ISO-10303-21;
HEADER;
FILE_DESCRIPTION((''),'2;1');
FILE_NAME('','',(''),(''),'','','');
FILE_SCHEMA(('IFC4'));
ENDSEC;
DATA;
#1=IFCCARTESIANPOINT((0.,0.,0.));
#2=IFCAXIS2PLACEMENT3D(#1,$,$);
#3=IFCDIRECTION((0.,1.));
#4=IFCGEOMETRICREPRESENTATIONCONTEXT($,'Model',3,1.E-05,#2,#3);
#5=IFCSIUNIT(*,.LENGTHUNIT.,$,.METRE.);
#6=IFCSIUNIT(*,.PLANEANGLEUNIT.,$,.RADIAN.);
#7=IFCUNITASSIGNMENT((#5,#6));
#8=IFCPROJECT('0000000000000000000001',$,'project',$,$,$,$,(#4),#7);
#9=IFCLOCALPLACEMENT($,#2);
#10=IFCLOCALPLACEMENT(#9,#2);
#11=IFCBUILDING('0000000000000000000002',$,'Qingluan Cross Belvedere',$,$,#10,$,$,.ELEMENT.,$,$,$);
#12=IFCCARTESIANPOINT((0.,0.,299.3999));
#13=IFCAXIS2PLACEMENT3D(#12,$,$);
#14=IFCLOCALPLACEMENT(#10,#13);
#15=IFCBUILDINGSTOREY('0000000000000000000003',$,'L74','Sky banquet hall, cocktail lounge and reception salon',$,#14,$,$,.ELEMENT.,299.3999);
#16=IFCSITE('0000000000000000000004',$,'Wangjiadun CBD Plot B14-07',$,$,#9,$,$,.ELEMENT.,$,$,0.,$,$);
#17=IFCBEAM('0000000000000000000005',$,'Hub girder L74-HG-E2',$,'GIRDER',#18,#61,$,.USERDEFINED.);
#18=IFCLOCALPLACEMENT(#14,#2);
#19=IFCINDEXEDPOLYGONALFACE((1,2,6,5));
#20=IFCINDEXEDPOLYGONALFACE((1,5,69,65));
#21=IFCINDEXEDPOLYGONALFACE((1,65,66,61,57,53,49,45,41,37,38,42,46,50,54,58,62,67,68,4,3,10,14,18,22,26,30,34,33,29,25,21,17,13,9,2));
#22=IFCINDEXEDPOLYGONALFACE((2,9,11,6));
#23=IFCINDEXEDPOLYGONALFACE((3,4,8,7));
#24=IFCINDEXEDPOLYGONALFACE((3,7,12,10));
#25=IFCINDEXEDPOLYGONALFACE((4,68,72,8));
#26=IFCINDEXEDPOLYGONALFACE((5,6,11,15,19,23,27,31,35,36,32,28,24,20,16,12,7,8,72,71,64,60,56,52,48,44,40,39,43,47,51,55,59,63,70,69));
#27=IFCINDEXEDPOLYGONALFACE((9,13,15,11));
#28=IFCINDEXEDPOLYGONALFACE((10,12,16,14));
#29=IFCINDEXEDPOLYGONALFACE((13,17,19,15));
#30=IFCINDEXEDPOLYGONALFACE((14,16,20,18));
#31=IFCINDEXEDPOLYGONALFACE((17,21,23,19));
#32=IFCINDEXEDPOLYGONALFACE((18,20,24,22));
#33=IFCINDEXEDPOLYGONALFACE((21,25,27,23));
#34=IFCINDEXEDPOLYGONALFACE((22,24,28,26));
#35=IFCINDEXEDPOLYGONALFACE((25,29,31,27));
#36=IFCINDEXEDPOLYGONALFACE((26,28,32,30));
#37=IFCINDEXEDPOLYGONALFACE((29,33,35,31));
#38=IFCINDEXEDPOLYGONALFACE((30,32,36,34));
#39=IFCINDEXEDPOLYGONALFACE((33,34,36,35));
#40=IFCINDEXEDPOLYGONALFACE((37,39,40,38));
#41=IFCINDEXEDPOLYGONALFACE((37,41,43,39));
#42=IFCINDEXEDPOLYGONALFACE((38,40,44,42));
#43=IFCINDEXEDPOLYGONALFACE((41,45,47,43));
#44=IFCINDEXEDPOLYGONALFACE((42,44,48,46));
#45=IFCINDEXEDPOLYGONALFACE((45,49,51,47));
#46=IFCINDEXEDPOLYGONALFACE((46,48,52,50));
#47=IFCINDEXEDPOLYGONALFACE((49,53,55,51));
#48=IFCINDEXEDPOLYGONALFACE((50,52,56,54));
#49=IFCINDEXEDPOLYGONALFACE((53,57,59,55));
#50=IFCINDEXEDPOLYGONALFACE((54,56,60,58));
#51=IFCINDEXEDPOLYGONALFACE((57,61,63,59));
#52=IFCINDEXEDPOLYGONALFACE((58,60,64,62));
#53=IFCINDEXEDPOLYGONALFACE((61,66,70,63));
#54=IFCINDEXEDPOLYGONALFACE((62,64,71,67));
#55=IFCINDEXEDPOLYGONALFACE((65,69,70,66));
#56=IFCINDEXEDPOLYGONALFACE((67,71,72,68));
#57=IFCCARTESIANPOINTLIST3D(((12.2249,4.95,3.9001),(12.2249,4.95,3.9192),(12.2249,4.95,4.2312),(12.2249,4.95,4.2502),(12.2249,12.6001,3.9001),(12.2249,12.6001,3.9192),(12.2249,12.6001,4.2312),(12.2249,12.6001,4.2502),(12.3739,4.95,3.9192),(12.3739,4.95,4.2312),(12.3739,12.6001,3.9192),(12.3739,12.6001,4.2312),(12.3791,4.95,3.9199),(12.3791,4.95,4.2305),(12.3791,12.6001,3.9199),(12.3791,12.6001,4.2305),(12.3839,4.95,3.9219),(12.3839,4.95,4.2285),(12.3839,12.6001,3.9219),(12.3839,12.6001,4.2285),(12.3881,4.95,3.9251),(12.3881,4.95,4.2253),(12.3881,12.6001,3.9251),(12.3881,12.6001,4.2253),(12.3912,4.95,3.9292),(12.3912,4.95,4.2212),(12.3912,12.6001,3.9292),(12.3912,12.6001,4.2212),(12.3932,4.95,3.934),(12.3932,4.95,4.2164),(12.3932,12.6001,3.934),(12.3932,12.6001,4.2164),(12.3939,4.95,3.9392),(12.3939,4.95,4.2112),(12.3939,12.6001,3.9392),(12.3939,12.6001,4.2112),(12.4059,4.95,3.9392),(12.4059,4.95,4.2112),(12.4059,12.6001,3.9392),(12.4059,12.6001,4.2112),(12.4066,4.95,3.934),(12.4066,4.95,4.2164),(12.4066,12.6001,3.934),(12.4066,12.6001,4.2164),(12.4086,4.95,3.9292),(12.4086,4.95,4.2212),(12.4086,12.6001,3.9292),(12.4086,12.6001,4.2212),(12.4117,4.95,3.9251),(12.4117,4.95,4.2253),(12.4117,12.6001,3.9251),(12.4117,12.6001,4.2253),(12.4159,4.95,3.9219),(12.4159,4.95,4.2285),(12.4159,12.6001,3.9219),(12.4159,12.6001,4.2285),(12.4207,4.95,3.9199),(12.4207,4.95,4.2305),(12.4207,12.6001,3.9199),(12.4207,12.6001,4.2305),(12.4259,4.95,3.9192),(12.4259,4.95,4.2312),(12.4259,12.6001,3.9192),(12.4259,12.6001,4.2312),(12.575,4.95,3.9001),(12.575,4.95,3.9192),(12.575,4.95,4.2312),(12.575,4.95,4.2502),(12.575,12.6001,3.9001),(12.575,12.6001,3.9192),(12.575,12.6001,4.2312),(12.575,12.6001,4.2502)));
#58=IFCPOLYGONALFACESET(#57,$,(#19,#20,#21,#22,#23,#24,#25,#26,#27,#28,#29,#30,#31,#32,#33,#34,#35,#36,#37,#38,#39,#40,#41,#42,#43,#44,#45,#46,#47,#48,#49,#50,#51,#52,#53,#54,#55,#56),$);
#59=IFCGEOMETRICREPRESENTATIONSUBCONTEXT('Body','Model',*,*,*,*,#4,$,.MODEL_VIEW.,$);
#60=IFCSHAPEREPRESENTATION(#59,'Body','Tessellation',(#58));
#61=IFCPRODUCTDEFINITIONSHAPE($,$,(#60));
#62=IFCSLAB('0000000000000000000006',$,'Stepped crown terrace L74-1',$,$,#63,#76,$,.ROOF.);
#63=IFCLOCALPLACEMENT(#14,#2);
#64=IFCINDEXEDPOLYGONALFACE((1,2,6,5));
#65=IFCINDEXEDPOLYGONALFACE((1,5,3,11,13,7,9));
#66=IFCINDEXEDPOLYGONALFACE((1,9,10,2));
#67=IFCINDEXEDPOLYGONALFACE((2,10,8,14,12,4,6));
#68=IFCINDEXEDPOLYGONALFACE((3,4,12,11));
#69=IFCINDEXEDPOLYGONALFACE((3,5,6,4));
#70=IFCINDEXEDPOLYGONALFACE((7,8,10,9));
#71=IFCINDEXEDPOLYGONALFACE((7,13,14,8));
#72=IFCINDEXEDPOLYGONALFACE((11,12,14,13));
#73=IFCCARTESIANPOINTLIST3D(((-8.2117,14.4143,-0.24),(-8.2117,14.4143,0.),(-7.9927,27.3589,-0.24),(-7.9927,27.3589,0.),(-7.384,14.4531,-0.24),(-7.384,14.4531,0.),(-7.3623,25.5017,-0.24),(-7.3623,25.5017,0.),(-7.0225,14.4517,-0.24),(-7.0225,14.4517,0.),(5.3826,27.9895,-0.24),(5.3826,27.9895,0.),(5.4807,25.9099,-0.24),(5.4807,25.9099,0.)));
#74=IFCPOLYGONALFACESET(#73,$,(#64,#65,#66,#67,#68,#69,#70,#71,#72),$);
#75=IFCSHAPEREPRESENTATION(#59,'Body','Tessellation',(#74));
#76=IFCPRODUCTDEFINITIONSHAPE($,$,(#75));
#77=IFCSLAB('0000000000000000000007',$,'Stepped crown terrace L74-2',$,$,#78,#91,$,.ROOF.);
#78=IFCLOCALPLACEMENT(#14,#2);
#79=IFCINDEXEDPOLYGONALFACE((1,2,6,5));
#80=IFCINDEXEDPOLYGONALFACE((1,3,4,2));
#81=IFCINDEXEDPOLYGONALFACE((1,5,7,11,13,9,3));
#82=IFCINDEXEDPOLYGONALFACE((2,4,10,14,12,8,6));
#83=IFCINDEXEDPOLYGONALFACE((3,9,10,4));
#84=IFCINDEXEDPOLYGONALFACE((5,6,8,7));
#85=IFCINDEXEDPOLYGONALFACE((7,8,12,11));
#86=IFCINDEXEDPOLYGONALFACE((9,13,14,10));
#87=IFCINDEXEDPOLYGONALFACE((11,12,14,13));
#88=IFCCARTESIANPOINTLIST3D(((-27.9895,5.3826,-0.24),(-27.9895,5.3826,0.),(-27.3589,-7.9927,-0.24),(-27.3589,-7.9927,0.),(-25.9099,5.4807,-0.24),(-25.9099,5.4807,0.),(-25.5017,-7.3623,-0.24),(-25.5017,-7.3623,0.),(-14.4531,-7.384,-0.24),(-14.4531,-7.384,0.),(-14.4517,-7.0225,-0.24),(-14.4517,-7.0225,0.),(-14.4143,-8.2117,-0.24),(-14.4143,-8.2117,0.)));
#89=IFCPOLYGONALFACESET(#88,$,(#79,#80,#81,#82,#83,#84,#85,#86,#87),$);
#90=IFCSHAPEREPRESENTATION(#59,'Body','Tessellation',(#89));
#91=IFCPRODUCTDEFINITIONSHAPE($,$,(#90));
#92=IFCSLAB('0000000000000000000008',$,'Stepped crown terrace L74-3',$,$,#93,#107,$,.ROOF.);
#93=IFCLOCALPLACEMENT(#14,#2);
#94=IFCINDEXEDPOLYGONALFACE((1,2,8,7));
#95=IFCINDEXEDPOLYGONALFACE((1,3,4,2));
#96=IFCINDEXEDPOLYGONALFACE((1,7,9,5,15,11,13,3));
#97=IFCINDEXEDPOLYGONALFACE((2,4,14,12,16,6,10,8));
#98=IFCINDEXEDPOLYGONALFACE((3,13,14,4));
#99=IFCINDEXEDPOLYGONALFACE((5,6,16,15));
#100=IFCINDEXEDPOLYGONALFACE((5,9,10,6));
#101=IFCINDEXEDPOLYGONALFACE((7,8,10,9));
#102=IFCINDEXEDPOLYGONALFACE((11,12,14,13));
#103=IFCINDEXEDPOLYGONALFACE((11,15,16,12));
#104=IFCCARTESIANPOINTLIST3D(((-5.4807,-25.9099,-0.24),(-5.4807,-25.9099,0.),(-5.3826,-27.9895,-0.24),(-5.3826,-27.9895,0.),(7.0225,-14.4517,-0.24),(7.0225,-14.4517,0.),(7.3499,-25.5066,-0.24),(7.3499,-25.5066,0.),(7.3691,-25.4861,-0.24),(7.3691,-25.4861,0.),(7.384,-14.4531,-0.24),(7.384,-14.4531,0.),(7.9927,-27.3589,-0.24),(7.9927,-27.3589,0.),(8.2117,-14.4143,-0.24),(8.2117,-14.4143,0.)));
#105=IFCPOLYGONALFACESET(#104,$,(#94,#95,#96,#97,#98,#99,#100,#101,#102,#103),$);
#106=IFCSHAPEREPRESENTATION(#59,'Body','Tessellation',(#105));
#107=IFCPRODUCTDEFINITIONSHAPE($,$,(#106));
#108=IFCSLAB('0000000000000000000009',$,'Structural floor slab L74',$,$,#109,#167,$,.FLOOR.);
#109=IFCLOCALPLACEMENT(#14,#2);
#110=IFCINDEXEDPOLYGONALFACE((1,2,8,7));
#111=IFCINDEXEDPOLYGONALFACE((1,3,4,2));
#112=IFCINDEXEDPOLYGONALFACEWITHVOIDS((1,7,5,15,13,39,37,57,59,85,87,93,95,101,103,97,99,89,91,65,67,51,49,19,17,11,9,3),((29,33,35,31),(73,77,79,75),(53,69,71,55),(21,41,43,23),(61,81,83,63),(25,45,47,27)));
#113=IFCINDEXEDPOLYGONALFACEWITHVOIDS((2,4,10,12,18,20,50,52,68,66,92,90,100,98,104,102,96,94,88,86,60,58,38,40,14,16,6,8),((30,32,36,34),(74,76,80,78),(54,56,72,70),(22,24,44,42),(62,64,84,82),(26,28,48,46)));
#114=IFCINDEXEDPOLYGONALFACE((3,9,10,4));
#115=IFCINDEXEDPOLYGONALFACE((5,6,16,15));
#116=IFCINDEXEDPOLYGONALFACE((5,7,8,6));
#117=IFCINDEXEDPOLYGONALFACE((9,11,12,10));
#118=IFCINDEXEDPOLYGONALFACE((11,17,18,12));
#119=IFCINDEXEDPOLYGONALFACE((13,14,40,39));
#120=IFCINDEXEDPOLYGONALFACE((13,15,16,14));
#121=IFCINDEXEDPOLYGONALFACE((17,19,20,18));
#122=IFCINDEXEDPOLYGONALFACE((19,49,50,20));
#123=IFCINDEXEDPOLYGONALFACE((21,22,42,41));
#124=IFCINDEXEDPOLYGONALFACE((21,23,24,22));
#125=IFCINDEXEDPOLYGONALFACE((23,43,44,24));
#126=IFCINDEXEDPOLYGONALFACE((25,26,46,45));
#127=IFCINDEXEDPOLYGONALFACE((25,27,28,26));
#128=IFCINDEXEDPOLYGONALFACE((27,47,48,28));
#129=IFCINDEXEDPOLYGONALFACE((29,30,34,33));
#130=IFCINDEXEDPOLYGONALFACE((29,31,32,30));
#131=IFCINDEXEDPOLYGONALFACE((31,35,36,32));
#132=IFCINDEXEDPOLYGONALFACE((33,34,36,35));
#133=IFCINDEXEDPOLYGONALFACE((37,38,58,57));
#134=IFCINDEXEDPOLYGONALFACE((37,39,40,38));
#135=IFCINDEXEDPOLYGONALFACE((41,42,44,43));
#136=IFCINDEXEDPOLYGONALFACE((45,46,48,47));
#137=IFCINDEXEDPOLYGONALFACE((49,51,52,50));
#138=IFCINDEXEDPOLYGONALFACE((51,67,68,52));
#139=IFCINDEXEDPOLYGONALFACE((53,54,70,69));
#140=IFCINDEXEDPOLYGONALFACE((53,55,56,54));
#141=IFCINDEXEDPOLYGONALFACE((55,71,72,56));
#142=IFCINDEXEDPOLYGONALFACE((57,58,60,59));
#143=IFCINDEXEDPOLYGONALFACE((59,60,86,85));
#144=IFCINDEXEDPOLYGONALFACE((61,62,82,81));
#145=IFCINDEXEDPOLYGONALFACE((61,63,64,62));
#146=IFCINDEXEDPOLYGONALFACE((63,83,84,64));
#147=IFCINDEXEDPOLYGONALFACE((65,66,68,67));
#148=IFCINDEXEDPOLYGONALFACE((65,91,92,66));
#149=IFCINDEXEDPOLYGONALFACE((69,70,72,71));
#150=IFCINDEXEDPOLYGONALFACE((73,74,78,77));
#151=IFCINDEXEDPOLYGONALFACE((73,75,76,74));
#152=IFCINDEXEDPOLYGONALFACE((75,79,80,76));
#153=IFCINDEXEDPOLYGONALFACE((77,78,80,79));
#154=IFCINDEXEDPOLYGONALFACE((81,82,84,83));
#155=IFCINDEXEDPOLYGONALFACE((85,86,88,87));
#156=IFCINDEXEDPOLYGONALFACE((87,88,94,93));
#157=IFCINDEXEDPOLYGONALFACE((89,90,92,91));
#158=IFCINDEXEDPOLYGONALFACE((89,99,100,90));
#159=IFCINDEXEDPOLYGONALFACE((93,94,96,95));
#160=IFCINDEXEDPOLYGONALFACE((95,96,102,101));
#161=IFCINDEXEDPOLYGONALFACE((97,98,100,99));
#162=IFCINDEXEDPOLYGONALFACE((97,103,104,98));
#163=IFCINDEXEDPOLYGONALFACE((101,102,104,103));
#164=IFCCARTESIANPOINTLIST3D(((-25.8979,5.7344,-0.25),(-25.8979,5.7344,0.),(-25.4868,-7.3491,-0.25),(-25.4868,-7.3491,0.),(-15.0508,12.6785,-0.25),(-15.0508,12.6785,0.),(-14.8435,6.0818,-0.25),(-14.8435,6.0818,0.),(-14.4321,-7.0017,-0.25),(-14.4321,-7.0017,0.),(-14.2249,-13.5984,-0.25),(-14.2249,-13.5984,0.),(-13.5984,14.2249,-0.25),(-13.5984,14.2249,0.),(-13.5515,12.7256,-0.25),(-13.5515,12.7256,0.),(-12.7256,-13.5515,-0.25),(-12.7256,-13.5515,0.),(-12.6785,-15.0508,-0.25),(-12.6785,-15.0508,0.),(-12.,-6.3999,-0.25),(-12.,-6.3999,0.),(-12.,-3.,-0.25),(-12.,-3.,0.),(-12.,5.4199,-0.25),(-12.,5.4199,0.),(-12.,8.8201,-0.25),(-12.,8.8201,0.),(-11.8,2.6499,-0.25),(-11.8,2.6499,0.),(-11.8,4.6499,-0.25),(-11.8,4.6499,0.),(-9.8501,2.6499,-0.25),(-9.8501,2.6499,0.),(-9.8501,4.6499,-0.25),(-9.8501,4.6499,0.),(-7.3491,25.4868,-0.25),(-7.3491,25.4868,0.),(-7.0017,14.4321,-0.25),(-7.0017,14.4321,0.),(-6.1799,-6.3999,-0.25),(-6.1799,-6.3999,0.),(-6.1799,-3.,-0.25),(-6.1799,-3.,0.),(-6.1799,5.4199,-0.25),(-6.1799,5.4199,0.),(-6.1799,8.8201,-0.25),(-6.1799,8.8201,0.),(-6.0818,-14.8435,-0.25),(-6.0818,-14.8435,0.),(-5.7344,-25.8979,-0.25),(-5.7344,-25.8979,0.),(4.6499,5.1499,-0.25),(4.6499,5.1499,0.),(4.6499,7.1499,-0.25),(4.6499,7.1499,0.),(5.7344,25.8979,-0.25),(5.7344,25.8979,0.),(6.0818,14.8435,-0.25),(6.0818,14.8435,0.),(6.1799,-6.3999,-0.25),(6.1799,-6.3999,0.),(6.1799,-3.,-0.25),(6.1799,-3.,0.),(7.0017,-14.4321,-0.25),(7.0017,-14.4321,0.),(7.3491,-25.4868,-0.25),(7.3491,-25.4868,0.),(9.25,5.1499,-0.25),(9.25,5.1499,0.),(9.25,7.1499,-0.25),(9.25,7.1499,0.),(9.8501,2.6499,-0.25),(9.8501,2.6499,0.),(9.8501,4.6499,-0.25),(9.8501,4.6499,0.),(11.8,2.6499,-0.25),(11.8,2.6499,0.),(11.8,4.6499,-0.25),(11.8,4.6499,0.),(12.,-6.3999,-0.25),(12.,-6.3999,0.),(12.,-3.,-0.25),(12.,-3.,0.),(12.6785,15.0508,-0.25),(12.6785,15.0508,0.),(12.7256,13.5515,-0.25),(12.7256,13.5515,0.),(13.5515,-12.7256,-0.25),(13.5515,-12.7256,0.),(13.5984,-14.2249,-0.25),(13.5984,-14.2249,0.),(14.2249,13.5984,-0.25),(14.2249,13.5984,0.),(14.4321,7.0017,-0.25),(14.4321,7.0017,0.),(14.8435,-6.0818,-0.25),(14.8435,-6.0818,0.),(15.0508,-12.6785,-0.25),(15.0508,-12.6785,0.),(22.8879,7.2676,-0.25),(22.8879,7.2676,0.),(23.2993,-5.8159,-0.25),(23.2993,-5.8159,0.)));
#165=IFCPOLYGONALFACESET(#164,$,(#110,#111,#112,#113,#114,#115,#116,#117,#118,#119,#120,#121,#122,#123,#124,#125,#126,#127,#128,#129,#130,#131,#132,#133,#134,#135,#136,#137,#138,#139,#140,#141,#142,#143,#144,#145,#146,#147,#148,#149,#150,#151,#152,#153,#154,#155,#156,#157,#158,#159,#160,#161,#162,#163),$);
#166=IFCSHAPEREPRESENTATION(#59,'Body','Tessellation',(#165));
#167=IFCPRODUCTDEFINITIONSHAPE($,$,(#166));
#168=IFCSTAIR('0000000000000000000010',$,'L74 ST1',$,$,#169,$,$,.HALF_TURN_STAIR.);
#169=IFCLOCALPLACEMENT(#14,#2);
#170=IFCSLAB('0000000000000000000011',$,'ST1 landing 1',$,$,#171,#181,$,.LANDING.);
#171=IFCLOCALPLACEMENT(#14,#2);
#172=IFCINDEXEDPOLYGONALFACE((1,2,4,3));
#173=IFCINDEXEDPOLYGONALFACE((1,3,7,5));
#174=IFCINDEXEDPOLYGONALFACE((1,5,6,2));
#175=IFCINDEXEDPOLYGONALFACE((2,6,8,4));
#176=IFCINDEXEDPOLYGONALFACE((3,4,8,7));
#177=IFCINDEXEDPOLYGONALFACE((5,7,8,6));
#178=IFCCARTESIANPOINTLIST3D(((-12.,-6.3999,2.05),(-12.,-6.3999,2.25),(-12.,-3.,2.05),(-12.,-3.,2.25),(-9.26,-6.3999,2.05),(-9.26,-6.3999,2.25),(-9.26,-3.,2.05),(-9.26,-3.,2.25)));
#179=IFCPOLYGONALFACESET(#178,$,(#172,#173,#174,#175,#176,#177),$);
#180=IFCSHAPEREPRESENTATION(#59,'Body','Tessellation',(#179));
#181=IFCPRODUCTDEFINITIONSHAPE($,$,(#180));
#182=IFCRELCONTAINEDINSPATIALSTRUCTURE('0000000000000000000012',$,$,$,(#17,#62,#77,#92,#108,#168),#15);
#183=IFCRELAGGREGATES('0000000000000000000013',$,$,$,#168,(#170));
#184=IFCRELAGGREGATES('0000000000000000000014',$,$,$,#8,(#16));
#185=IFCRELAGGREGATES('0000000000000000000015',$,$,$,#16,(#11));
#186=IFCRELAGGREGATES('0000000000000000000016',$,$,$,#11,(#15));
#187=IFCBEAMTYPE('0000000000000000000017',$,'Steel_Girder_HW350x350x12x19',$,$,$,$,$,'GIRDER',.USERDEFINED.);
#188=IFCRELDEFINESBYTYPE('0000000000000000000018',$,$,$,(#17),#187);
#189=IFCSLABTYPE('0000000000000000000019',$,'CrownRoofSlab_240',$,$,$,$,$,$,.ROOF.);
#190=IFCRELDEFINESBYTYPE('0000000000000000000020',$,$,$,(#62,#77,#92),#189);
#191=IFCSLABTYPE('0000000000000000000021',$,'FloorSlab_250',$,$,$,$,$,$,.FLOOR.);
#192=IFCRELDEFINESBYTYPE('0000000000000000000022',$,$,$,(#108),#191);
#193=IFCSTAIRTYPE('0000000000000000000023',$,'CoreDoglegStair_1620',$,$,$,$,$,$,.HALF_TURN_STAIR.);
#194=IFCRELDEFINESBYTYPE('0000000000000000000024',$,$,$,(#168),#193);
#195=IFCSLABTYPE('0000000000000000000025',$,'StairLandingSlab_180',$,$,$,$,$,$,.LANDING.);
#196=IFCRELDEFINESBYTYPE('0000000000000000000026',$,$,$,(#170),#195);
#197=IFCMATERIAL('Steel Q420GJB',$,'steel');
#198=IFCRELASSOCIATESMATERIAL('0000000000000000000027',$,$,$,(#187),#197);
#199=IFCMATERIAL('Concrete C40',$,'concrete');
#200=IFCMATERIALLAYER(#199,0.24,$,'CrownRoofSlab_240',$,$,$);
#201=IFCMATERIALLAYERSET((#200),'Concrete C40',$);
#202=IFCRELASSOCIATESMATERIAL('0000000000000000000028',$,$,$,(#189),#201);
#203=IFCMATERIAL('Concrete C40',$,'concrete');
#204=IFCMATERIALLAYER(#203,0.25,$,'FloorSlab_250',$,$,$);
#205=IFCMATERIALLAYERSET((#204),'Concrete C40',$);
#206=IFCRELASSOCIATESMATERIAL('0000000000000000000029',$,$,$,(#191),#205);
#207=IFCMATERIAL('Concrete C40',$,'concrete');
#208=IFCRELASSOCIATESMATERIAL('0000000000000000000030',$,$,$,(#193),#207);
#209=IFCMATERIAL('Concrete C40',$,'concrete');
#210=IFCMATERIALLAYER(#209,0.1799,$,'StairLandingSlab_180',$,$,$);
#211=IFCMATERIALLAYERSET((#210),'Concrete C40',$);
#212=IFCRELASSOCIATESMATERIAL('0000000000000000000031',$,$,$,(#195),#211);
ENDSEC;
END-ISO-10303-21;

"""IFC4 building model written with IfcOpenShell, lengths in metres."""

from ifc_helpers import new_model, si_unit, direction, frame, origin, origin_2d, place, context, subcontext, project, spatial, polyline, i_section, outline, extrude, material, layer, layer_set, material_profile, profile_set, type_object, element, aggregate, save


model = new_model("IFC4")

# Units and contexts
model_context = context("Model", 3, precision=1e-05, world=origin(), true_north=direction((0.0, 1.0)))
body_context = subcontext(model_context, "Body", "Model", "MODEL_VIEW")
ifc_project = project(units=[si_unit("LENGTHUNIT", "METRE"), si_unit("PLANEANGLEUNIT", "RADIAN")], contexts=[model_context])

# Site, building, storey
site_placement = place(None, origin())
site = spatial("IfcSite", under=ifc_project, at=site_placement, Name="Wangjiadun CBD Plot B14-07", CompositionType="ELEMENT", RefElevation=0.0)
building_placement = place(site_placement, origin())
building = spatial("IfcBuilding", under=site, at=building_placement, Name="Qingluan Cross Belvedere", CompositionType="ELEMENT")
storey_placement = place(building_placement, frame((0.0, 0.0, 299.3999)))
storey = spatial("IfcBuildingStorey", under=building, at=storey_placement, Name="L74", Description="Sky banquet hall, cocktail lounge and reception salon", CompositionType="ELEMENT", Elevation=299.3999)

# Beam
ifc_material_1 = material(Name="Steel Q420GJB", Category="steel")
ifc_material_profile = material_profile(ifc_material_1, i_section(OverallWidth=0.3501, OverallDepth=0.3501, WebThickness=0.012, FlangeThickness=0.019, FilletRadius=0.02, at=origin_2d()), Name="HW350x350x12x19")
ifc_profile_set = profile_set([ifc_material_profile], Name="Steel Q420GJB")
beam_type = type_object("IfcBeamType", Name="Steel_Girder_HW350x350x12x19", ElementType="GIRDER", PredefinedType="USERDEFINED", material=ifc_profile_set)
beam_placement = place(storey_placement, frame((12.3999, 4.95, 4.0752), z_axis=(0.0, 1.0, 0.0), x_axis=(-1.0, 0.0, 0.0)))
element("IfcBeam", 1, at=beam_placement, inside=storey, type_object=beam_type, Name="Hub girder L74-HG-E2", ObjectType="GIRDER", PredefinedType="USERDEFINED", context=body_context, shape_type="SweptSolid", body=[
    extrude(i_section(OverallWidth=0.3501, OverallDepth=0.3501, WebThickness=0.012, FlangeThickness=0.019, FilletRadius=0.02, at=origin_2d()), origin(), (0.0, 0.0, 1.0), 7.6501),
])

# Slabs
ifc_material_2 = material(Name="Concrete C40", Category="concrete")
ifc_layer_1 = layer(ifc_material_2, 0.24, Name="CrownRoofSlab_240")
ifc_layer_set_1 = layer_set([ifc_layer_1], Name="Concrete C40")
slab_type_1 = type_object("IfcSlabType", Name="CrownRoofSlab_240", PredefinedType="ROOF", material=ifc_layer_set_1)
slab_1_placement = place(storey_placement, frame((0.0, 0.0, -0.24)))
element("IfcSlab", 2, at=slab_1_placement, inside=storey, type_object=slab_type_1, Name="Stepped crown terrace L74-1", PredefinedType="ROOF", context=body_context, shape_type="SweptSolid", body=[
    extrude(outline(polyline([(-7.384, 14.4531), (-8.2117, 14.4143), (-7.0225, 14.4517), (-7.3623, 25.5017), (5.4807, 25.9099), (5.3826, 27.9895), (-7.9927, 27.3589), (-7.384, 14.4531)])), origin(), (0.0, 0.0, 1.0), 0.24),
])
slab_2_placement = place(storey_placement, frame((0.0, 0.0, -0.24)))
element("IfcSlab", 3, at=slab_2_placement, inside=storey, type_object=slab_type_1, Name="Stepped crown terrace L74-2", PredefinedType="ROOF", context=body_context, shape_type="SweptSolid", body=[
    extrude(outline(polyline([(-14.4531, -7.384), (-14.4143, -8.2117), (-14.4517, -7.0225), (-25.5017, -7.3623), (-25.9099, 5.4807), (-27.9895, 5.3826), (-27.3589, -7.9927), (-14.4531, -7.384)])), origin(), (0.0, 0.0, 1.0), 0.24),
])
slab_3_placement = place(storey_placement, frame((0.0, 0.0, -0.24)))
element("IfcSlab", 4, at=slab_3_placement, inside=storey, type_object=slab_type_1, Name="Stepped crown terrace L74-3", PredefinedType="ROOF", context=body_context, shape_type="SweptSolid", body=[
    extrude(outline(polyline([(-5.4807, -25.9099), (-5.3826, -27.9895), (7.9927, -27.3589), (7.384, -14.4531), (8.2117, -14.4143), (7.0225, -14.4517), (7.3691, -25.4861), (7.3499, -25.5066), (-5.4807, -25.9099)])), origin(), (0.0, 0.0, 1.0), 0.24),
])
ifc_material_3 = material(Name="Concrete C40", Category="concrete")
ifc_layer_2 = layer(ifc_material_3, 0.25, Name="FloorSlab_250")
ifc_layer_set_2 = layer_set([ifc_layer_2], Name="Concrete C40")
slab_type_2 = type_object("IfcSlabType", Name="FloorSlab_250", PredefinedType="FLOOR", material=ifc_layer_set_2)
slab_4_placement = place(storey_placement, frame((0.0, 0.0, -0.25)))
element("IfcSlab", 5, at=slab_4_placement, inside=storey, type_object=slab_type_2, Name="Structural floor slab L74", PredefinedType="FLOOR", context=body_context, shape_type="SweptSolid", body=[
    extrude(outline(polyline([(7.3491, -25.4868), (7.0017, -14.4321), (13.5984, -14.2249), (13.5515, -12.7256), (15.0508, -12.6785), (14.8435, -6.0818), (23.2993, -5.8159), (22.8879, 7.2676), (14.4321, 7.0017), (14.2249, 13.5984), (12.7256, 13.5515), (12.6785, 15.0508), (6.0818, 14.8435), (5.7344, 25.8979), (-7.3491, 25.4868), (-7.0017, 14.4321), (-13.5984, 14.2249), (-13.5515, 12.7256), (-15.0508, 12.6785), (-14.8435, 6.0818), (-25.8979, 5.7344), (-25.4868, -7.3491), (-14.4321, -7.0017), (-14.2249, -13.5984), (-12.7256, -13.5515), (-12.6785, -15.0508), (-6.0818, -14.8435), (-5.7344, -25.8979), (7.3491, -25.4868)]), holes=[polyline([(-12.0, -3.0), (-6.1799, -3.0), (-6.1799, -6.3999), (-12.0, -6.3999), (-12.0, -3.0)]), polyline([(6.1799, -3.0), (12.0, -3.0), (12.0, -6.3999), (6.1799, -6.3999), (6.1799, -3.0)]), polyline([(-12.0, 8.8201), (-6.1799, 8.8201), (-6.1799, 5.4199), (-12.0, 5.4199), (-12.0, 8.8201)]), polyline([(-11.8, 4.6499), (-9.8501, 4.6499), (-9.8501, 2.6499), (-11.8, 2.6499), (-11.8, 4.6499)]), polyline([(9.8501, 4.6499), (11.8, 4.6499), (11.8, 2.6499), (9.8501, 2.6499), (9.8501, 4.6499)]), polyline([(4.6499, 7.1499), (9.25, 7.1499), (9.25, 5.1499), (4.6499, 5.1499), (4.6499, 7.1499)])]), origin(), (0.0, 0.0, 1.0), 0.25),
])

# Stair, slab
ifc_material_4 = material(Name="Concrete C40", Category="concrete")
stair_type = type_object("IfcStairType", Name="CoreDoglegStair_1620", PredefinedType="HALF_TURN_STAIR", material=ifc_material_4)
stair_1_placement = place(storey_placement, origin())
stair_1 = element("IfcStair", 6, at=stair_1_placement, inside=storey, type_object=stair_type, Name="L74 ST1", PredefinedType="HALF_TURN_STAIR")
ifc_material_5 = material(Name="Concrete C40", Category="concrete")
ifc_layer_3 = layer(ifc_material_5, 0.1799, Name="StairLandingSlab_180")
ifc_layer_set_3 = layer_set([ifc_layer_3], Name="Concrete C40")
slab_type_3 = type_object("IfcSlabType", Name="StairLandingSlab_180", PredefinedType="LANDING", material=ifc_layer_set_3)
slab_5_placement = place(storey_placement, frame((0.0, 0.0, 2.05)))
slab_5 = element("IfcSlab", 7, at=slab_5_placement, type_object=slab_type_3, Name="ST1 landing 1", PredefinedType="LANDING", context=body_context, shape_type="SweptSolid", body=[
    extrude(outline(polyline([(-9.26, -3.0), (-12.0, -3.0), (-12.0, -6.3999), (-9.26, -6.3999), (-9.26, -3.0)])), origin(), (0.0, 0.0, 1.0), 0.2),
])
aggregate(stair_1, [slab_5])

save(model, "model.ifc")
